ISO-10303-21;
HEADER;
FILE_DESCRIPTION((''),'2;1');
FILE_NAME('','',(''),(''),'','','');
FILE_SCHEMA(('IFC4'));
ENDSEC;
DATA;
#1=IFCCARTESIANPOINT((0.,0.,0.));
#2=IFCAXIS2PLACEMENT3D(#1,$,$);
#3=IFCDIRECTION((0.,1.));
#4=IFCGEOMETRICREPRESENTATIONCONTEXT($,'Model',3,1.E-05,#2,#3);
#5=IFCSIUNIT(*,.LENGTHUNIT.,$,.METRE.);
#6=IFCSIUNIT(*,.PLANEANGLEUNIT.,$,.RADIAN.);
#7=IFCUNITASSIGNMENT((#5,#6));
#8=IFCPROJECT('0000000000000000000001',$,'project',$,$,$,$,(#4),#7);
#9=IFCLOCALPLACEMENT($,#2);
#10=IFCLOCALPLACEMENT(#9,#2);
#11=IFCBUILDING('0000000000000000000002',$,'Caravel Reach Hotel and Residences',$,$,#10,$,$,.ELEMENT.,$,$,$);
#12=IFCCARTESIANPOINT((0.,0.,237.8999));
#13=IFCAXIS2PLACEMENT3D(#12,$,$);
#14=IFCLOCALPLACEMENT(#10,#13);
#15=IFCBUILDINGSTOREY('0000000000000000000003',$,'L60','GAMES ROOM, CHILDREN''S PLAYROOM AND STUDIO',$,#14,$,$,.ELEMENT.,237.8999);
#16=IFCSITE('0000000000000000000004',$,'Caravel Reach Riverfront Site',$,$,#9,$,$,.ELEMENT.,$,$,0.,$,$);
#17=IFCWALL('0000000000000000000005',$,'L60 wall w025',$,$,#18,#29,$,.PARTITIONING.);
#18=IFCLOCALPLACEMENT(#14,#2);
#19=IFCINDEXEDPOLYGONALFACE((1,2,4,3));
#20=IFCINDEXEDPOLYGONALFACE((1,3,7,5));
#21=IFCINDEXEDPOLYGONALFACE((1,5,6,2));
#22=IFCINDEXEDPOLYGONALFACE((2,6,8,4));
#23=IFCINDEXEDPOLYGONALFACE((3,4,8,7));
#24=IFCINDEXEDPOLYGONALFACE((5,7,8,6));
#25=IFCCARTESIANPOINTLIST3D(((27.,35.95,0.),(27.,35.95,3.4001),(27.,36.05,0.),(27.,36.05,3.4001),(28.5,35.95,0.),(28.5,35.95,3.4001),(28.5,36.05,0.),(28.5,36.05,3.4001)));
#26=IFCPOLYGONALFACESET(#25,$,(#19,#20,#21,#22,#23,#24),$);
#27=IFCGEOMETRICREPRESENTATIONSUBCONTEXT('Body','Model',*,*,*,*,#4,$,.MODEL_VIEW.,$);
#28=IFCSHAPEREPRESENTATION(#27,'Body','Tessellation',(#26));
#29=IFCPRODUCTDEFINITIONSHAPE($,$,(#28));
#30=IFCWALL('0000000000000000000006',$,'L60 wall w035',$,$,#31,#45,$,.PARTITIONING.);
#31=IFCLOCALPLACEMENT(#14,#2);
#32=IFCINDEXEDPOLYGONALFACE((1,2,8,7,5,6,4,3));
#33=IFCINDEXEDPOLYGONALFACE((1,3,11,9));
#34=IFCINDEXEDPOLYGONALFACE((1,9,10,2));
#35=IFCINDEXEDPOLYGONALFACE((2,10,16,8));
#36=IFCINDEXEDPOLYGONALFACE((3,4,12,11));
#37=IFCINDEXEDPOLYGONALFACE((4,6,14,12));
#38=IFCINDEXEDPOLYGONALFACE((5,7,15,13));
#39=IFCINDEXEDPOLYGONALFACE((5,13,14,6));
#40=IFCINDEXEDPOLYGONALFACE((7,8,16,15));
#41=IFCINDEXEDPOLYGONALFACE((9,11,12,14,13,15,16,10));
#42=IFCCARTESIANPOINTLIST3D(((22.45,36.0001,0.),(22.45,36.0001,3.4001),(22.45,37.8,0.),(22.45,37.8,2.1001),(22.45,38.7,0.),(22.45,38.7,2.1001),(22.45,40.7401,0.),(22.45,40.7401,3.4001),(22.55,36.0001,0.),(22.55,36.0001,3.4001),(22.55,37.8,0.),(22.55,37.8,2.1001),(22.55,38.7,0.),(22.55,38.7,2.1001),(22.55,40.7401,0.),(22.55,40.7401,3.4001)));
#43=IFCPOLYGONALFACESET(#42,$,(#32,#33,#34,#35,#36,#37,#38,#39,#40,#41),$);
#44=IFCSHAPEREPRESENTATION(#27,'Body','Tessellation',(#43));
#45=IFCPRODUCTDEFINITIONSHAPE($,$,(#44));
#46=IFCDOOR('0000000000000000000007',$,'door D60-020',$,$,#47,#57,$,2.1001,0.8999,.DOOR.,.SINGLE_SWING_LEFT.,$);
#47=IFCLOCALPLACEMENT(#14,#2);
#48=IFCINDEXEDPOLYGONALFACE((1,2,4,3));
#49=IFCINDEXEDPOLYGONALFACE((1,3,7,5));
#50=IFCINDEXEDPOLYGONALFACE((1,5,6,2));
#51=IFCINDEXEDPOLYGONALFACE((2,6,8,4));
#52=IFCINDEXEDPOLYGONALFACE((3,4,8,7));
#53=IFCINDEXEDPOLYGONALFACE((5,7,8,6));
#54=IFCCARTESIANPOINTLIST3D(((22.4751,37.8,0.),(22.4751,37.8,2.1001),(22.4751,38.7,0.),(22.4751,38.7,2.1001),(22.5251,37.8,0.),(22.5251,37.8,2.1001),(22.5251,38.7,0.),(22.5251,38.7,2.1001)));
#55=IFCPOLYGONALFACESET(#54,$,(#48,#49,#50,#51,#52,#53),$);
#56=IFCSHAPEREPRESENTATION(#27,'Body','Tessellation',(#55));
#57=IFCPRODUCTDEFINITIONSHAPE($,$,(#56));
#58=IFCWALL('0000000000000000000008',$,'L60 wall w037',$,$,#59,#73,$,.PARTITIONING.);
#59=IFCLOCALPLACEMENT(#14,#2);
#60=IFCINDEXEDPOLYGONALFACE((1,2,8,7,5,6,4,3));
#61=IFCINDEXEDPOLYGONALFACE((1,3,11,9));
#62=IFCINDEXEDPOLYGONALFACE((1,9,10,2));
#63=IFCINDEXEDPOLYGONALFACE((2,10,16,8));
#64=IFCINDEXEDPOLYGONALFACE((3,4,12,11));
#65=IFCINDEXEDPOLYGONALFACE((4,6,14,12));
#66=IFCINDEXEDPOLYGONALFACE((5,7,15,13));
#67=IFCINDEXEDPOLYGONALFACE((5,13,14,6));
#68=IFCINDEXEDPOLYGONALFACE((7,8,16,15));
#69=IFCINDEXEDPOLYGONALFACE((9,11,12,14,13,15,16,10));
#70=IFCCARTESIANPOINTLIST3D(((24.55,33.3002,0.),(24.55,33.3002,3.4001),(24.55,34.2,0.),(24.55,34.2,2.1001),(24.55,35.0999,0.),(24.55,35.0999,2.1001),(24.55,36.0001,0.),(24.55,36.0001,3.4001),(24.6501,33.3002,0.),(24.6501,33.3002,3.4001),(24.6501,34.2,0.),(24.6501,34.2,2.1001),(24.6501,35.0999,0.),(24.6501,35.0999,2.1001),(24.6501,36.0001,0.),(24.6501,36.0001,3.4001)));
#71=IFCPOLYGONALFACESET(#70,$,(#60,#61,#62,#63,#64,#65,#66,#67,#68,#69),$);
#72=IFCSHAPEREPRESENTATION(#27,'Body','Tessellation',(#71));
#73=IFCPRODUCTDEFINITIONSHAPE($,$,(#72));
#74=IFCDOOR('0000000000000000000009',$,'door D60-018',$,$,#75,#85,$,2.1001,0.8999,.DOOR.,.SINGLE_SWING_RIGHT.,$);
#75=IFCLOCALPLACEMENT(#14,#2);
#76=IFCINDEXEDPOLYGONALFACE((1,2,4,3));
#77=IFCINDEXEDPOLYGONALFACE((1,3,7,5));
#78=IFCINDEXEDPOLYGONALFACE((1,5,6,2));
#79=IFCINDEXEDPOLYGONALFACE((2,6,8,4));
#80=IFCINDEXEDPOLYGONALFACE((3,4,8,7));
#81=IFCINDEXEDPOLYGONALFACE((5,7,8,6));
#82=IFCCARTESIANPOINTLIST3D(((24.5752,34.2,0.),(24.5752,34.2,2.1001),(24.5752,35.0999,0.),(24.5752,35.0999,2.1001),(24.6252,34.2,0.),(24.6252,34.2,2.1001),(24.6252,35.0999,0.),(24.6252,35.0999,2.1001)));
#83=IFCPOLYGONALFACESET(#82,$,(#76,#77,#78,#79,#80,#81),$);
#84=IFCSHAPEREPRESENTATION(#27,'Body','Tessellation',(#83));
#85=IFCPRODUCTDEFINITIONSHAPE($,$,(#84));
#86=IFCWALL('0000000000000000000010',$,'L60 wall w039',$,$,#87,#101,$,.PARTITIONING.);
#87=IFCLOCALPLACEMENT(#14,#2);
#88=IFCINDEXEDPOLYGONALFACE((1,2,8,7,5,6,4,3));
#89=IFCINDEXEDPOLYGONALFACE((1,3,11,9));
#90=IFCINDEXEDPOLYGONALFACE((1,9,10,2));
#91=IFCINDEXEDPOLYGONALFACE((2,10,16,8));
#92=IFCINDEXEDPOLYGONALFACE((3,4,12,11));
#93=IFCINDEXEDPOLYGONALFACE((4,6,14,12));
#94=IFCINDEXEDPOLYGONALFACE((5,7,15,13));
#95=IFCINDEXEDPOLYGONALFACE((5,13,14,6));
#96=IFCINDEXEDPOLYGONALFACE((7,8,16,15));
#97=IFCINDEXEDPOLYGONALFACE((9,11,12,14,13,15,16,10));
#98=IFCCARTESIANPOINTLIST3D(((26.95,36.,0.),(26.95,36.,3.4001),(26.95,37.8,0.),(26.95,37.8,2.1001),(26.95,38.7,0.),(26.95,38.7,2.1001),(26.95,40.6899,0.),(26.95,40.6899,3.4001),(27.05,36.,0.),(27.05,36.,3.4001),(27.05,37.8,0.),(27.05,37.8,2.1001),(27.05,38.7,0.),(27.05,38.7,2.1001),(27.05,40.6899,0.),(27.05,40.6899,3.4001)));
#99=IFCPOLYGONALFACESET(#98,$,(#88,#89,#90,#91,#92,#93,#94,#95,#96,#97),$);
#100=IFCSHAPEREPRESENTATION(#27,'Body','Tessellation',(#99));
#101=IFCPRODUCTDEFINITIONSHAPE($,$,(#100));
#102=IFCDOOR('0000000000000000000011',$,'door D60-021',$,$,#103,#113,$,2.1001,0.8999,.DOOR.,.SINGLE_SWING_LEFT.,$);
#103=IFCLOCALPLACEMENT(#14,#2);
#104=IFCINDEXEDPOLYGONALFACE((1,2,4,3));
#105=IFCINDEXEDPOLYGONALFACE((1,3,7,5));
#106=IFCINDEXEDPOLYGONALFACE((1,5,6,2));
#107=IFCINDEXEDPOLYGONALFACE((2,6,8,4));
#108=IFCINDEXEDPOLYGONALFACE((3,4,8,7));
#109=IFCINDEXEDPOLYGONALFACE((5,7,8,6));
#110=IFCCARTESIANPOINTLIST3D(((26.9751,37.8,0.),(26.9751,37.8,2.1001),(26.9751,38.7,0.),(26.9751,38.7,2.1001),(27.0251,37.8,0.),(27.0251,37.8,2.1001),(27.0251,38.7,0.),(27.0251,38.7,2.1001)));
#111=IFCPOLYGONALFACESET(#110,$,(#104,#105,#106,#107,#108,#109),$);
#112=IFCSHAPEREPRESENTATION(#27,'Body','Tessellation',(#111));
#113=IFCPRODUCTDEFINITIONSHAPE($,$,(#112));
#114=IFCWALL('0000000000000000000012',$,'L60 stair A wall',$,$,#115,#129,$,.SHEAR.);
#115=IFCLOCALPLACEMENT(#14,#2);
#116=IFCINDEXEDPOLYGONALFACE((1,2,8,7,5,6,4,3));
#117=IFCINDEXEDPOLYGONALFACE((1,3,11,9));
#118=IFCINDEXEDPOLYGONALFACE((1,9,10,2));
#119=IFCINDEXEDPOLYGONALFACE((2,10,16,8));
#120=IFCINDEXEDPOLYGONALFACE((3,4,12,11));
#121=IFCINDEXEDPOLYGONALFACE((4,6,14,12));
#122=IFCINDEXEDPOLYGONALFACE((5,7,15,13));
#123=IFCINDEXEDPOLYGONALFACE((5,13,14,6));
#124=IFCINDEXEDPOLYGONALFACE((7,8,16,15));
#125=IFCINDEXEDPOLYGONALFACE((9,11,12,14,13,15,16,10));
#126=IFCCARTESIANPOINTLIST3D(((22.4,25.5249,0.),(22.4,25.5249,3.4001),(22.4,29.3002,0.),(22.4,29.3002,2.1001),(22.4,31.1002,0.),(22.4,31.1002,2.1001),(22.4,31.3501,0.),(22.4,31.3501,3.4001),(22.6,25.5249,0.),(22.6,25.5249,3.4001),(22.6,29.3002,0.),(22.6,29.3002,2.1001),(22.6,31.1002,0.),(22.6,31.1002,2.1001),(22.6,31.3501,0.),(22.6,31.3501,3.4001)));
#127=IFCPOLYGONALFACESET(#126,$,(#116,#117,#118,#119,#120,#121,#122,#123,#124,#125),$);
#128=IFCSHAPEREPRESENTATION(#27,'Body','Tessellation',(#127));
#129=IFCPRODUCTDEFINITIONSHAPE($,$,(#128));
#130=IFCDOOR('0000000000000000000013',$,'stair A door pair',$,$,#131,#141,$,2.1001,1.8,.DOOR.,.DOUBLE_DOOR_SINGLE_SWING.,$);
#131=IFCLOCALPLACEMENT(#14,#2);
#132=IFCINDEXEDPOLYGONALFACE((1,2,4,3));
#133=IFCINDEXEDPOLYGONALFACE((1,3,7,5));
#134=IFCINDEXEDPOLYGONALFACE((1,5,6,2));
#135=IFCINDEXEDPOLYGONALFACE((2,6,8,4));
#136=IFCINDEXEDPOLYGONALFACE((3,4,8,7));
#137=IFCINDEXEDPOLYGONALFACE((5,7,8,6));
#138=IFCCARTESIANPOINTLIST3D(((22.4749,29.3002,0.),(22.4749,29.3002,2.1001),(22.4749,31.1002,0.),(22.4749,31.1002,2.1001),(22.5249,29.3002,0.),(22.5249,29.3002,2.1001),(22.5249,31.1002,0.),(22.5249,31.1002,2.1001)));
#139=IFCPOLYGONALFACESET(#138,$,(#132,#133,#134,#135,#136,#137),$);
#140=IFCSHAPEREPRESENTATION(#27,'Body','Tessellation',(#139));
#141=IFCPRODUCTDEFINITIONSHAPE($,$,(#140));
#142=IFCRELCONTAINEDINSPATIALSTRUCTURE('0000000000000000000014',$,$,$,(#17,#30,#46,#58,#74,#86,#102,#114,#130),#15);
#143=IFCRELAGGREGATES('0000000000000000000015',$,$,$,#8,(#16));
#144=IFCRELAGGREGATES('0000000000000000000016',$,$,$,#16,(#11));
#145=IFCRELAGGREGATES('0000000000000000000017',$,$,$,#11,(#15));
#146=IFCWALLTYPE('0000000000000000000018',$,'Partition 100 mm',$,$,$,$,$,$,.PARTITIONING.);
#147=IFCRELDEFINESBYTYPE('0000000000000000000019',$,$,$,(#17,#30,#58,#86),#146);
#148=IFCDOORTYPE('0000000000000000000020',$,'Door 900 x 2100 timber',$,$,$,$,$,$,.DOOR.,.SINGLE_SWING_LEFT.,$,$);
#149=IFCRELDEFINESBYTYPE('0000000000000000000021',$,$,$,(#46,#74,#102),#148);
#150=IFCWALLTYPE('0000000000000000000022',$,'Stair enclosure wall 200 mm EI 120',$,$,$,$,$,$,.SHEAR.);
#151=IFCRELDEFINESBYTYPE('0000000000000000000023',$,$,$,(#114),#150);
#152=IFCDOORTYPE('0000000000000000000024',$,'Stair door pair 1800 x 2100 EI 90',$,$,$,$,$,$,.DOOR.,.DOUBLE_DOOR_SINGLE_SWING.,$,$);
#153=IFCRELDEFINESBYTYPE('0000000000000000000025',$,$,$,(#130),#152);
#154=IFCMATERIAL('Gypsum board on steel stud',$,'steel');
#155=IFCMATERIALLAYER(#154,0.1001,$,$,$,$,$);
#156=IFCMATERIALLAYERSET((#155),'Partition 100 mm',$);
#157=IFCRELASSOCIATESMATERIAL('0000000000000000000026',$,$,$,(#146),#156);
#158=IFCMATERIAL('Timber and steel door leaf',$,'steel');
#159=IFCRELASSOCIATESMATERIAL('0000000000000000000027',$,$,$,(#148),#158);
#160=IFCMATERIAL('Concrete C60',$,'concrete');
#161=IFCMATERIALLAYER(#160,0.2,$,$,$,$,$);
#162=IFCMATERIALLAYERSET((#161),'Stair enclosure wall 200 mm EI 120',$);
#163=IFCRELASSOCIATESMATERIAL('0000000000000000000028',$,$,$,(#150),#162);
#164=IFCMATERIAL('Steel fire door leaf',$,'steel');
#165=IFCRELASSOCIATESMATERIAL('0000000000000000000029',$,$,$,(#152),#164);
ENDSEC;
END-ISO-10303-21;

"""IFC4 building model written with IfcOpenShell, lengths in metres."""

from ifc_helpers import new_model, si_unit, direction, frame, frame_2d, origin, place, context, subcontext, project, spatial, rectangle, extrude, material, layer, layer_set, type_object, element, fill, save


model = new_model("IFC4")

# Units and contexts
model_context = context("Model", 3, precision=1e-05, world=origin(), true_north=direction((0.0, 1.0)))
body_context = subcontext(model_context, "Body", "Model", "MODEL_VIEW")
ifc_project = project(units=[si_unit("LENGTHUNIT", "METRE"), si_unit("PLANEANGLEUNIT", "RADIAN")], contexts=[model_context])

# Site, building, storey
site_placement = place(None, origin())
site = spatial("IfcSite", under=ifc_project, at=site_placement, Name="Caravel Reach Riverfront Site", CompositionType="ELEMENT", RefElevation=0.0)
building_placement = place(site_placement, origin())
building = spatial("IfcBuilding", under=site, at=building_placement, Name="Caravel Reach Hotel and Residences", CompositionType="ELEMENT")
storey_placement = place(building_placement, frame((0.0, 0.0, 237.8999)))
storey = spatial("IfcBuildingStorey", under=building, at=storey_placement, Name="L60", Description="GAMES ROOM, CHILDREN'S PLAYROOM AND STUDIO", CompositionType="ELEMENT", Elevation=237.8999)

# Wall
ifc_material_1 = material(Name="Gypsum board on steel stud", Category="steel")
ifc_layer_1 = layer(ifc_material_1, 0.1001)
ifc_layer_set_1 = layer_set([ifc_layer_1], Name="Partition 100 mm")
wall_type_1 = type_object("IfcWallType", Name="Partition 100 mm", PredefinedType="PARTITIONING", material=ifc_layer_set_1)
wall_1_placement = place(storey_placement, frame((27.0, 36.0, 0.0), z_axis=(0.0, 0.0, 1.0), x_axis=(1.0, 0.0, 0.0)))
element("IfcWall", 1, at=wall_1_placement, inside=storey, type_object=wall_type_1, Name="L60 wall w025", PredefinedType="PARTITIONING", context=body_context, shape_type="SweptSolid", body=[
    extrude(rectangle(XDim=1.5, YDim=0.1001, at=frame_2d((0.75, 0.0))), origin(), (0.0, 0.0, 1.0), 3.4001),
])

# Walls, openings, doors
wall_2_placement = place(storey_placement, frame((22.5, 36.0, 0.0), z_axis=(0.0, 0.0, 1.0), x_axis=(0.0, 1.0, 0.0)))
wall_2 = element("IfcWall", 2, at=wall_2_placement, inside=storey, type_object=wall_type_1, Name="L60 wall w035", PredefinedType="PARTITIONING", context=body_context, shape_type="SweptSolid", body=[
    extrude(rectangle(XDim=4.74, YDim=0.1001, at=frame_2d((2.3701, 0.0))), origin(), (0.0, 0.0, 1.0), 3.4001),
])
opening_1_placement = place(wall_2_placement, frame((1.8, 0.0, 0.0)))
opening_1 = element("IfcOpeningElement", 3, at=opening_1_placement, cuts=wall_2, PredefinedType="OPENING", context=body_context, shape_type="SweptSolid", body=[
    extrude(rectangle(XDim=0.8999, YDim=2.1001, at=frame_2d((0.45, 1.05))), frame((0.0, 0.0601, 0.0), z_axis=(0.0, -1.0, 0.0), x_axis=(1.0, 0.0, 0.0)), (0.0, 0.0, 1.0), 0.1201),
])
ifc_material_2 = material(Name="Timber and steel door leaf", Category="steel")
door_type_1 = type_object("IfcDoorType", Name="Door 900 x 2100 timber", OperationType="SINGLE_SWING_LEFT", PredefinedType="DOOR", material=ifc_material_2)
door_1_placement = place(opening_1_placement, origin())
door_1 = element("IfcDoor", 4, at=door_1_placement, inside=storey, type_object=door_type_1, Name="door D60-020", OperationType="SINGLE_SWING_LEFT", OverallHeight=2.1001, OverallWidth=0.8999, PredefinedType="DOOR", context=body_context, shape_type="SweptSolid", body=[
    extrude(rectangle(XDim=0.8999, YDim=2.1001, at=frame_2d((0.45, 1.05))), frame((0.0, 0.0249, 0.0), z_axis=(0.0, -1.0, 0.0), x_axis=(1.0, 0.0, 0.0)), (0.0, 0.0, 1.0), 0.05),
])
fill(opening_1, door_1)
wall_3_placement = place(storey_placement, frame((24.6001, 33.3, 0.0), z_axis=(0.0, 0.0, 1.0), x_axis=(0.0, 1.0, 0.0)))
wall_3 = element("IfcWall", 5, at=wall_3_placement, inside=storey, type_object=wall_type_1, Name="L60 wall w037", PredefinedType="PARTITIONING", context=body_context, shape_type="SweptSolid", body=[
    extrude(rectangle(XDim=2.7, YDim=0.1001, at=frame_2d((1.3501, 0.0))), origin(), (0.0, 0.0, 1.0), 3.4001),
])
opening_2_placement = place(wall_3_placement, frame((0.8999, 0.0, 0.0)))
opening_2 = element("IfcOpeningElement", 6, at=opening_2_placement, cuts=wall_3, PredefinedType="OPENING", context=body_context, shape_type="SweptSolid", body=[
    extrude(rectangle(XDim=0.8999, YDim=2.1001, at=frame_2d((0.45, 1.05))), frame((0.0, 0.0601, 0.0), z_axis=(0.0, -1.0, 0.0), x_axis=(1.0, 0.0, 0.0)), (0.0, 0.0, 1.0), 0.1201),
])
door_2_placement = place(opening_2_placement, origin())
door_2 = element("IfcDoor", 7, at=door_2_placement, inside=storey, type_object=door_type_1, Name="door D60-018", OperationType="SINGLE_SWING_RIGHT", OverallHeight=2.1001, OverallWidth=0.8999, PredefinedType="DOOR", context=body_context, shape_type="SweptSolid", body=[
    extrude(rectangle(XDim=0.8999, YDim=2.1001, at=frame_2d((0.45, 1.05))), frame((0.0, 0.0249, 0.0), z_axis=(0.0, -1.0, 0.0), x_axis=(1.0, 0.0, 0.0)), (0.0, 0.0, 1.0), 0.05),
])
fill(opening_2, door_2)
wall_4_placement = place(storey_placement, frame((27.0, 36.0, 0.0), z_axis=(0.0, 0.0, 1.0), x_axis=(0.0, 1.0, 0.0)))
wall_4 = element("IfcWall", 8, at=wall_4_placement, inside=storey, type_object=wall_type_1, Name="L60 wall w039", PredefinedType="PARTITIONING", context=body_context, shape_type="SweptSolid", body=[
    extrude(rectangle(XDim=4.6899, YDim=0.1001, at=frame_2d((2.345, 0.0))), origin(), (0.0, 0.0, 1.0), 3.4001),
])
opening_3_placement = place(wall_4_placement, frame((1.8, 0.0, 0.0)))
opening_3 = element("IfcOpeningElement", 9, at=opening_3_placement, cuts=wall_4, PredefinedType="OPENING", context=body_context, shape_type="SweptSolid", body=[
    extrude(rectangle(XDim=0.8999, YDim=2.1001, at=frame_2d((0.45, 1.05))), frame((0.0, 0.0601, 0.0), z_axis=(0.0, -1.0, 0.0), x_axis=(1.0, 0.0, 0.0)), (0.0, 0.0, 1.0), 0.1201),
])
door_3_placement = place(opening_3_placement, origin())
door_3 = element("IfcDoor", 10, at=door_3_placement, inside=storey, type_object=door_type_1, Name="door D60-021", OperationType="SINGLE_SWING_LEFT", OverallHeight=2.1001, OverallWidth=0.8999, PredefinedType="DOOR", context=body_context, shape_type="SweptSolid", body=[
    extrude(rectangle(XDim=0.8999, YDim=2.1001, at=frame_2d((0.45, 1.05))), frame((0.0, 0.0249, 0.0), z_axis=(0.0, -1.0, 0.0), x_axis=(1.0, 0.0, 0.0)), (0.0, 0.0, 1.0), 0.05),
])
fill(opening_3, door_3)
ifc_material_3 = material(Name="Concrete C60", Category="concrete")
ifc_layer_2 = layer(ifc_material_3, 0.2)
ifc_layer_set_2 = layer_set([ifc_layer_2], Name="Stair enclosure wall 200 mm EI 120")
wall_type_2 = type_object("IfcWallType", Name="Stair enclosure wall 200 mm EI 120", PredefinedType="SHEAR", material=ifc_layer_set_2)
wall_5_placement = place(storey_placement, frame((22.5, 31.3501, 0.0), z_axis=(0.0, 0.0, 1.0), x_axis=(0.0, -1.0, 0.0)))
wall_5 = element("IfcWall", 11, at=wall_5_placement, inside=storey, type_object=wall_type_2, Name="L60 stair A wall", PredefinedType="SHEAR", context=body_context, shape_type="SweptSolid", body=[
    extrude(rectangle(XDim=5.8252, YDim=0.2, at=frame_2d((2.9126, 0.0))), origin(), (0.0, 0.0, 1.0), 3.4001),
])
opening_4_placement = place(wall_5_placement, frame((0.25, 0.0, 0.0)))
opening_4 = element("IfcOpeningElement", 12, at=opening_4_placement, cuts=wall_5, PredefinedType="OPENING", context=body_context, shape_type="SweptSolid", body=[
    extrude(rectangle(XDim=1.8, YDim=2.1001, at=frame_2d((0.8999, 1.05))), frame((0.0, 0.1099, 0.0), z_axis=(0.0, -1.0, 0.0), x_axis=(1.0, 0.0, 0.0)), (0.0, 0.0, 1.0), 0.22),
])
ifc_material_4 = material(Name="Steel fire door leaf", Category="steel")
door_type_2 = type_object("IfcDoorType", Name="Stair door pair 1800 x 2100 EI 90", OperationType="DOUBLE_DOOR_SINGLE_SWING", PredefinedType="DOOR", material=ifc_material_4)
door_4_placement = place(opening_4_placement, origin())
door_4 = element("IfcDoor", 13, at=door_4_placement, inside=storey, type_object=door_type_2, Name="stair A door pair", OperationType="DOUBLE_DOOR_SINGLE_SWING", OverallHeight=2.1001, OverallWidth=1.8, PredefinedType="DOOR", context=body_context, shape_type="SweptSolid", body=[
    extrude(rectangle(XDim=1.8, YDim=2.1001, at=frame_2d((0.8999, 1.05))), frame((0.0, 0.0249, 0.0), z_axis=(0.0, -1.0, 0.0), x_axis=(1.0, 0.0, 0.0)), (0.0, 0.0, 1.0), 0.05),
])
fill(opening_4, door_4)

save(model, "model.ifc")
